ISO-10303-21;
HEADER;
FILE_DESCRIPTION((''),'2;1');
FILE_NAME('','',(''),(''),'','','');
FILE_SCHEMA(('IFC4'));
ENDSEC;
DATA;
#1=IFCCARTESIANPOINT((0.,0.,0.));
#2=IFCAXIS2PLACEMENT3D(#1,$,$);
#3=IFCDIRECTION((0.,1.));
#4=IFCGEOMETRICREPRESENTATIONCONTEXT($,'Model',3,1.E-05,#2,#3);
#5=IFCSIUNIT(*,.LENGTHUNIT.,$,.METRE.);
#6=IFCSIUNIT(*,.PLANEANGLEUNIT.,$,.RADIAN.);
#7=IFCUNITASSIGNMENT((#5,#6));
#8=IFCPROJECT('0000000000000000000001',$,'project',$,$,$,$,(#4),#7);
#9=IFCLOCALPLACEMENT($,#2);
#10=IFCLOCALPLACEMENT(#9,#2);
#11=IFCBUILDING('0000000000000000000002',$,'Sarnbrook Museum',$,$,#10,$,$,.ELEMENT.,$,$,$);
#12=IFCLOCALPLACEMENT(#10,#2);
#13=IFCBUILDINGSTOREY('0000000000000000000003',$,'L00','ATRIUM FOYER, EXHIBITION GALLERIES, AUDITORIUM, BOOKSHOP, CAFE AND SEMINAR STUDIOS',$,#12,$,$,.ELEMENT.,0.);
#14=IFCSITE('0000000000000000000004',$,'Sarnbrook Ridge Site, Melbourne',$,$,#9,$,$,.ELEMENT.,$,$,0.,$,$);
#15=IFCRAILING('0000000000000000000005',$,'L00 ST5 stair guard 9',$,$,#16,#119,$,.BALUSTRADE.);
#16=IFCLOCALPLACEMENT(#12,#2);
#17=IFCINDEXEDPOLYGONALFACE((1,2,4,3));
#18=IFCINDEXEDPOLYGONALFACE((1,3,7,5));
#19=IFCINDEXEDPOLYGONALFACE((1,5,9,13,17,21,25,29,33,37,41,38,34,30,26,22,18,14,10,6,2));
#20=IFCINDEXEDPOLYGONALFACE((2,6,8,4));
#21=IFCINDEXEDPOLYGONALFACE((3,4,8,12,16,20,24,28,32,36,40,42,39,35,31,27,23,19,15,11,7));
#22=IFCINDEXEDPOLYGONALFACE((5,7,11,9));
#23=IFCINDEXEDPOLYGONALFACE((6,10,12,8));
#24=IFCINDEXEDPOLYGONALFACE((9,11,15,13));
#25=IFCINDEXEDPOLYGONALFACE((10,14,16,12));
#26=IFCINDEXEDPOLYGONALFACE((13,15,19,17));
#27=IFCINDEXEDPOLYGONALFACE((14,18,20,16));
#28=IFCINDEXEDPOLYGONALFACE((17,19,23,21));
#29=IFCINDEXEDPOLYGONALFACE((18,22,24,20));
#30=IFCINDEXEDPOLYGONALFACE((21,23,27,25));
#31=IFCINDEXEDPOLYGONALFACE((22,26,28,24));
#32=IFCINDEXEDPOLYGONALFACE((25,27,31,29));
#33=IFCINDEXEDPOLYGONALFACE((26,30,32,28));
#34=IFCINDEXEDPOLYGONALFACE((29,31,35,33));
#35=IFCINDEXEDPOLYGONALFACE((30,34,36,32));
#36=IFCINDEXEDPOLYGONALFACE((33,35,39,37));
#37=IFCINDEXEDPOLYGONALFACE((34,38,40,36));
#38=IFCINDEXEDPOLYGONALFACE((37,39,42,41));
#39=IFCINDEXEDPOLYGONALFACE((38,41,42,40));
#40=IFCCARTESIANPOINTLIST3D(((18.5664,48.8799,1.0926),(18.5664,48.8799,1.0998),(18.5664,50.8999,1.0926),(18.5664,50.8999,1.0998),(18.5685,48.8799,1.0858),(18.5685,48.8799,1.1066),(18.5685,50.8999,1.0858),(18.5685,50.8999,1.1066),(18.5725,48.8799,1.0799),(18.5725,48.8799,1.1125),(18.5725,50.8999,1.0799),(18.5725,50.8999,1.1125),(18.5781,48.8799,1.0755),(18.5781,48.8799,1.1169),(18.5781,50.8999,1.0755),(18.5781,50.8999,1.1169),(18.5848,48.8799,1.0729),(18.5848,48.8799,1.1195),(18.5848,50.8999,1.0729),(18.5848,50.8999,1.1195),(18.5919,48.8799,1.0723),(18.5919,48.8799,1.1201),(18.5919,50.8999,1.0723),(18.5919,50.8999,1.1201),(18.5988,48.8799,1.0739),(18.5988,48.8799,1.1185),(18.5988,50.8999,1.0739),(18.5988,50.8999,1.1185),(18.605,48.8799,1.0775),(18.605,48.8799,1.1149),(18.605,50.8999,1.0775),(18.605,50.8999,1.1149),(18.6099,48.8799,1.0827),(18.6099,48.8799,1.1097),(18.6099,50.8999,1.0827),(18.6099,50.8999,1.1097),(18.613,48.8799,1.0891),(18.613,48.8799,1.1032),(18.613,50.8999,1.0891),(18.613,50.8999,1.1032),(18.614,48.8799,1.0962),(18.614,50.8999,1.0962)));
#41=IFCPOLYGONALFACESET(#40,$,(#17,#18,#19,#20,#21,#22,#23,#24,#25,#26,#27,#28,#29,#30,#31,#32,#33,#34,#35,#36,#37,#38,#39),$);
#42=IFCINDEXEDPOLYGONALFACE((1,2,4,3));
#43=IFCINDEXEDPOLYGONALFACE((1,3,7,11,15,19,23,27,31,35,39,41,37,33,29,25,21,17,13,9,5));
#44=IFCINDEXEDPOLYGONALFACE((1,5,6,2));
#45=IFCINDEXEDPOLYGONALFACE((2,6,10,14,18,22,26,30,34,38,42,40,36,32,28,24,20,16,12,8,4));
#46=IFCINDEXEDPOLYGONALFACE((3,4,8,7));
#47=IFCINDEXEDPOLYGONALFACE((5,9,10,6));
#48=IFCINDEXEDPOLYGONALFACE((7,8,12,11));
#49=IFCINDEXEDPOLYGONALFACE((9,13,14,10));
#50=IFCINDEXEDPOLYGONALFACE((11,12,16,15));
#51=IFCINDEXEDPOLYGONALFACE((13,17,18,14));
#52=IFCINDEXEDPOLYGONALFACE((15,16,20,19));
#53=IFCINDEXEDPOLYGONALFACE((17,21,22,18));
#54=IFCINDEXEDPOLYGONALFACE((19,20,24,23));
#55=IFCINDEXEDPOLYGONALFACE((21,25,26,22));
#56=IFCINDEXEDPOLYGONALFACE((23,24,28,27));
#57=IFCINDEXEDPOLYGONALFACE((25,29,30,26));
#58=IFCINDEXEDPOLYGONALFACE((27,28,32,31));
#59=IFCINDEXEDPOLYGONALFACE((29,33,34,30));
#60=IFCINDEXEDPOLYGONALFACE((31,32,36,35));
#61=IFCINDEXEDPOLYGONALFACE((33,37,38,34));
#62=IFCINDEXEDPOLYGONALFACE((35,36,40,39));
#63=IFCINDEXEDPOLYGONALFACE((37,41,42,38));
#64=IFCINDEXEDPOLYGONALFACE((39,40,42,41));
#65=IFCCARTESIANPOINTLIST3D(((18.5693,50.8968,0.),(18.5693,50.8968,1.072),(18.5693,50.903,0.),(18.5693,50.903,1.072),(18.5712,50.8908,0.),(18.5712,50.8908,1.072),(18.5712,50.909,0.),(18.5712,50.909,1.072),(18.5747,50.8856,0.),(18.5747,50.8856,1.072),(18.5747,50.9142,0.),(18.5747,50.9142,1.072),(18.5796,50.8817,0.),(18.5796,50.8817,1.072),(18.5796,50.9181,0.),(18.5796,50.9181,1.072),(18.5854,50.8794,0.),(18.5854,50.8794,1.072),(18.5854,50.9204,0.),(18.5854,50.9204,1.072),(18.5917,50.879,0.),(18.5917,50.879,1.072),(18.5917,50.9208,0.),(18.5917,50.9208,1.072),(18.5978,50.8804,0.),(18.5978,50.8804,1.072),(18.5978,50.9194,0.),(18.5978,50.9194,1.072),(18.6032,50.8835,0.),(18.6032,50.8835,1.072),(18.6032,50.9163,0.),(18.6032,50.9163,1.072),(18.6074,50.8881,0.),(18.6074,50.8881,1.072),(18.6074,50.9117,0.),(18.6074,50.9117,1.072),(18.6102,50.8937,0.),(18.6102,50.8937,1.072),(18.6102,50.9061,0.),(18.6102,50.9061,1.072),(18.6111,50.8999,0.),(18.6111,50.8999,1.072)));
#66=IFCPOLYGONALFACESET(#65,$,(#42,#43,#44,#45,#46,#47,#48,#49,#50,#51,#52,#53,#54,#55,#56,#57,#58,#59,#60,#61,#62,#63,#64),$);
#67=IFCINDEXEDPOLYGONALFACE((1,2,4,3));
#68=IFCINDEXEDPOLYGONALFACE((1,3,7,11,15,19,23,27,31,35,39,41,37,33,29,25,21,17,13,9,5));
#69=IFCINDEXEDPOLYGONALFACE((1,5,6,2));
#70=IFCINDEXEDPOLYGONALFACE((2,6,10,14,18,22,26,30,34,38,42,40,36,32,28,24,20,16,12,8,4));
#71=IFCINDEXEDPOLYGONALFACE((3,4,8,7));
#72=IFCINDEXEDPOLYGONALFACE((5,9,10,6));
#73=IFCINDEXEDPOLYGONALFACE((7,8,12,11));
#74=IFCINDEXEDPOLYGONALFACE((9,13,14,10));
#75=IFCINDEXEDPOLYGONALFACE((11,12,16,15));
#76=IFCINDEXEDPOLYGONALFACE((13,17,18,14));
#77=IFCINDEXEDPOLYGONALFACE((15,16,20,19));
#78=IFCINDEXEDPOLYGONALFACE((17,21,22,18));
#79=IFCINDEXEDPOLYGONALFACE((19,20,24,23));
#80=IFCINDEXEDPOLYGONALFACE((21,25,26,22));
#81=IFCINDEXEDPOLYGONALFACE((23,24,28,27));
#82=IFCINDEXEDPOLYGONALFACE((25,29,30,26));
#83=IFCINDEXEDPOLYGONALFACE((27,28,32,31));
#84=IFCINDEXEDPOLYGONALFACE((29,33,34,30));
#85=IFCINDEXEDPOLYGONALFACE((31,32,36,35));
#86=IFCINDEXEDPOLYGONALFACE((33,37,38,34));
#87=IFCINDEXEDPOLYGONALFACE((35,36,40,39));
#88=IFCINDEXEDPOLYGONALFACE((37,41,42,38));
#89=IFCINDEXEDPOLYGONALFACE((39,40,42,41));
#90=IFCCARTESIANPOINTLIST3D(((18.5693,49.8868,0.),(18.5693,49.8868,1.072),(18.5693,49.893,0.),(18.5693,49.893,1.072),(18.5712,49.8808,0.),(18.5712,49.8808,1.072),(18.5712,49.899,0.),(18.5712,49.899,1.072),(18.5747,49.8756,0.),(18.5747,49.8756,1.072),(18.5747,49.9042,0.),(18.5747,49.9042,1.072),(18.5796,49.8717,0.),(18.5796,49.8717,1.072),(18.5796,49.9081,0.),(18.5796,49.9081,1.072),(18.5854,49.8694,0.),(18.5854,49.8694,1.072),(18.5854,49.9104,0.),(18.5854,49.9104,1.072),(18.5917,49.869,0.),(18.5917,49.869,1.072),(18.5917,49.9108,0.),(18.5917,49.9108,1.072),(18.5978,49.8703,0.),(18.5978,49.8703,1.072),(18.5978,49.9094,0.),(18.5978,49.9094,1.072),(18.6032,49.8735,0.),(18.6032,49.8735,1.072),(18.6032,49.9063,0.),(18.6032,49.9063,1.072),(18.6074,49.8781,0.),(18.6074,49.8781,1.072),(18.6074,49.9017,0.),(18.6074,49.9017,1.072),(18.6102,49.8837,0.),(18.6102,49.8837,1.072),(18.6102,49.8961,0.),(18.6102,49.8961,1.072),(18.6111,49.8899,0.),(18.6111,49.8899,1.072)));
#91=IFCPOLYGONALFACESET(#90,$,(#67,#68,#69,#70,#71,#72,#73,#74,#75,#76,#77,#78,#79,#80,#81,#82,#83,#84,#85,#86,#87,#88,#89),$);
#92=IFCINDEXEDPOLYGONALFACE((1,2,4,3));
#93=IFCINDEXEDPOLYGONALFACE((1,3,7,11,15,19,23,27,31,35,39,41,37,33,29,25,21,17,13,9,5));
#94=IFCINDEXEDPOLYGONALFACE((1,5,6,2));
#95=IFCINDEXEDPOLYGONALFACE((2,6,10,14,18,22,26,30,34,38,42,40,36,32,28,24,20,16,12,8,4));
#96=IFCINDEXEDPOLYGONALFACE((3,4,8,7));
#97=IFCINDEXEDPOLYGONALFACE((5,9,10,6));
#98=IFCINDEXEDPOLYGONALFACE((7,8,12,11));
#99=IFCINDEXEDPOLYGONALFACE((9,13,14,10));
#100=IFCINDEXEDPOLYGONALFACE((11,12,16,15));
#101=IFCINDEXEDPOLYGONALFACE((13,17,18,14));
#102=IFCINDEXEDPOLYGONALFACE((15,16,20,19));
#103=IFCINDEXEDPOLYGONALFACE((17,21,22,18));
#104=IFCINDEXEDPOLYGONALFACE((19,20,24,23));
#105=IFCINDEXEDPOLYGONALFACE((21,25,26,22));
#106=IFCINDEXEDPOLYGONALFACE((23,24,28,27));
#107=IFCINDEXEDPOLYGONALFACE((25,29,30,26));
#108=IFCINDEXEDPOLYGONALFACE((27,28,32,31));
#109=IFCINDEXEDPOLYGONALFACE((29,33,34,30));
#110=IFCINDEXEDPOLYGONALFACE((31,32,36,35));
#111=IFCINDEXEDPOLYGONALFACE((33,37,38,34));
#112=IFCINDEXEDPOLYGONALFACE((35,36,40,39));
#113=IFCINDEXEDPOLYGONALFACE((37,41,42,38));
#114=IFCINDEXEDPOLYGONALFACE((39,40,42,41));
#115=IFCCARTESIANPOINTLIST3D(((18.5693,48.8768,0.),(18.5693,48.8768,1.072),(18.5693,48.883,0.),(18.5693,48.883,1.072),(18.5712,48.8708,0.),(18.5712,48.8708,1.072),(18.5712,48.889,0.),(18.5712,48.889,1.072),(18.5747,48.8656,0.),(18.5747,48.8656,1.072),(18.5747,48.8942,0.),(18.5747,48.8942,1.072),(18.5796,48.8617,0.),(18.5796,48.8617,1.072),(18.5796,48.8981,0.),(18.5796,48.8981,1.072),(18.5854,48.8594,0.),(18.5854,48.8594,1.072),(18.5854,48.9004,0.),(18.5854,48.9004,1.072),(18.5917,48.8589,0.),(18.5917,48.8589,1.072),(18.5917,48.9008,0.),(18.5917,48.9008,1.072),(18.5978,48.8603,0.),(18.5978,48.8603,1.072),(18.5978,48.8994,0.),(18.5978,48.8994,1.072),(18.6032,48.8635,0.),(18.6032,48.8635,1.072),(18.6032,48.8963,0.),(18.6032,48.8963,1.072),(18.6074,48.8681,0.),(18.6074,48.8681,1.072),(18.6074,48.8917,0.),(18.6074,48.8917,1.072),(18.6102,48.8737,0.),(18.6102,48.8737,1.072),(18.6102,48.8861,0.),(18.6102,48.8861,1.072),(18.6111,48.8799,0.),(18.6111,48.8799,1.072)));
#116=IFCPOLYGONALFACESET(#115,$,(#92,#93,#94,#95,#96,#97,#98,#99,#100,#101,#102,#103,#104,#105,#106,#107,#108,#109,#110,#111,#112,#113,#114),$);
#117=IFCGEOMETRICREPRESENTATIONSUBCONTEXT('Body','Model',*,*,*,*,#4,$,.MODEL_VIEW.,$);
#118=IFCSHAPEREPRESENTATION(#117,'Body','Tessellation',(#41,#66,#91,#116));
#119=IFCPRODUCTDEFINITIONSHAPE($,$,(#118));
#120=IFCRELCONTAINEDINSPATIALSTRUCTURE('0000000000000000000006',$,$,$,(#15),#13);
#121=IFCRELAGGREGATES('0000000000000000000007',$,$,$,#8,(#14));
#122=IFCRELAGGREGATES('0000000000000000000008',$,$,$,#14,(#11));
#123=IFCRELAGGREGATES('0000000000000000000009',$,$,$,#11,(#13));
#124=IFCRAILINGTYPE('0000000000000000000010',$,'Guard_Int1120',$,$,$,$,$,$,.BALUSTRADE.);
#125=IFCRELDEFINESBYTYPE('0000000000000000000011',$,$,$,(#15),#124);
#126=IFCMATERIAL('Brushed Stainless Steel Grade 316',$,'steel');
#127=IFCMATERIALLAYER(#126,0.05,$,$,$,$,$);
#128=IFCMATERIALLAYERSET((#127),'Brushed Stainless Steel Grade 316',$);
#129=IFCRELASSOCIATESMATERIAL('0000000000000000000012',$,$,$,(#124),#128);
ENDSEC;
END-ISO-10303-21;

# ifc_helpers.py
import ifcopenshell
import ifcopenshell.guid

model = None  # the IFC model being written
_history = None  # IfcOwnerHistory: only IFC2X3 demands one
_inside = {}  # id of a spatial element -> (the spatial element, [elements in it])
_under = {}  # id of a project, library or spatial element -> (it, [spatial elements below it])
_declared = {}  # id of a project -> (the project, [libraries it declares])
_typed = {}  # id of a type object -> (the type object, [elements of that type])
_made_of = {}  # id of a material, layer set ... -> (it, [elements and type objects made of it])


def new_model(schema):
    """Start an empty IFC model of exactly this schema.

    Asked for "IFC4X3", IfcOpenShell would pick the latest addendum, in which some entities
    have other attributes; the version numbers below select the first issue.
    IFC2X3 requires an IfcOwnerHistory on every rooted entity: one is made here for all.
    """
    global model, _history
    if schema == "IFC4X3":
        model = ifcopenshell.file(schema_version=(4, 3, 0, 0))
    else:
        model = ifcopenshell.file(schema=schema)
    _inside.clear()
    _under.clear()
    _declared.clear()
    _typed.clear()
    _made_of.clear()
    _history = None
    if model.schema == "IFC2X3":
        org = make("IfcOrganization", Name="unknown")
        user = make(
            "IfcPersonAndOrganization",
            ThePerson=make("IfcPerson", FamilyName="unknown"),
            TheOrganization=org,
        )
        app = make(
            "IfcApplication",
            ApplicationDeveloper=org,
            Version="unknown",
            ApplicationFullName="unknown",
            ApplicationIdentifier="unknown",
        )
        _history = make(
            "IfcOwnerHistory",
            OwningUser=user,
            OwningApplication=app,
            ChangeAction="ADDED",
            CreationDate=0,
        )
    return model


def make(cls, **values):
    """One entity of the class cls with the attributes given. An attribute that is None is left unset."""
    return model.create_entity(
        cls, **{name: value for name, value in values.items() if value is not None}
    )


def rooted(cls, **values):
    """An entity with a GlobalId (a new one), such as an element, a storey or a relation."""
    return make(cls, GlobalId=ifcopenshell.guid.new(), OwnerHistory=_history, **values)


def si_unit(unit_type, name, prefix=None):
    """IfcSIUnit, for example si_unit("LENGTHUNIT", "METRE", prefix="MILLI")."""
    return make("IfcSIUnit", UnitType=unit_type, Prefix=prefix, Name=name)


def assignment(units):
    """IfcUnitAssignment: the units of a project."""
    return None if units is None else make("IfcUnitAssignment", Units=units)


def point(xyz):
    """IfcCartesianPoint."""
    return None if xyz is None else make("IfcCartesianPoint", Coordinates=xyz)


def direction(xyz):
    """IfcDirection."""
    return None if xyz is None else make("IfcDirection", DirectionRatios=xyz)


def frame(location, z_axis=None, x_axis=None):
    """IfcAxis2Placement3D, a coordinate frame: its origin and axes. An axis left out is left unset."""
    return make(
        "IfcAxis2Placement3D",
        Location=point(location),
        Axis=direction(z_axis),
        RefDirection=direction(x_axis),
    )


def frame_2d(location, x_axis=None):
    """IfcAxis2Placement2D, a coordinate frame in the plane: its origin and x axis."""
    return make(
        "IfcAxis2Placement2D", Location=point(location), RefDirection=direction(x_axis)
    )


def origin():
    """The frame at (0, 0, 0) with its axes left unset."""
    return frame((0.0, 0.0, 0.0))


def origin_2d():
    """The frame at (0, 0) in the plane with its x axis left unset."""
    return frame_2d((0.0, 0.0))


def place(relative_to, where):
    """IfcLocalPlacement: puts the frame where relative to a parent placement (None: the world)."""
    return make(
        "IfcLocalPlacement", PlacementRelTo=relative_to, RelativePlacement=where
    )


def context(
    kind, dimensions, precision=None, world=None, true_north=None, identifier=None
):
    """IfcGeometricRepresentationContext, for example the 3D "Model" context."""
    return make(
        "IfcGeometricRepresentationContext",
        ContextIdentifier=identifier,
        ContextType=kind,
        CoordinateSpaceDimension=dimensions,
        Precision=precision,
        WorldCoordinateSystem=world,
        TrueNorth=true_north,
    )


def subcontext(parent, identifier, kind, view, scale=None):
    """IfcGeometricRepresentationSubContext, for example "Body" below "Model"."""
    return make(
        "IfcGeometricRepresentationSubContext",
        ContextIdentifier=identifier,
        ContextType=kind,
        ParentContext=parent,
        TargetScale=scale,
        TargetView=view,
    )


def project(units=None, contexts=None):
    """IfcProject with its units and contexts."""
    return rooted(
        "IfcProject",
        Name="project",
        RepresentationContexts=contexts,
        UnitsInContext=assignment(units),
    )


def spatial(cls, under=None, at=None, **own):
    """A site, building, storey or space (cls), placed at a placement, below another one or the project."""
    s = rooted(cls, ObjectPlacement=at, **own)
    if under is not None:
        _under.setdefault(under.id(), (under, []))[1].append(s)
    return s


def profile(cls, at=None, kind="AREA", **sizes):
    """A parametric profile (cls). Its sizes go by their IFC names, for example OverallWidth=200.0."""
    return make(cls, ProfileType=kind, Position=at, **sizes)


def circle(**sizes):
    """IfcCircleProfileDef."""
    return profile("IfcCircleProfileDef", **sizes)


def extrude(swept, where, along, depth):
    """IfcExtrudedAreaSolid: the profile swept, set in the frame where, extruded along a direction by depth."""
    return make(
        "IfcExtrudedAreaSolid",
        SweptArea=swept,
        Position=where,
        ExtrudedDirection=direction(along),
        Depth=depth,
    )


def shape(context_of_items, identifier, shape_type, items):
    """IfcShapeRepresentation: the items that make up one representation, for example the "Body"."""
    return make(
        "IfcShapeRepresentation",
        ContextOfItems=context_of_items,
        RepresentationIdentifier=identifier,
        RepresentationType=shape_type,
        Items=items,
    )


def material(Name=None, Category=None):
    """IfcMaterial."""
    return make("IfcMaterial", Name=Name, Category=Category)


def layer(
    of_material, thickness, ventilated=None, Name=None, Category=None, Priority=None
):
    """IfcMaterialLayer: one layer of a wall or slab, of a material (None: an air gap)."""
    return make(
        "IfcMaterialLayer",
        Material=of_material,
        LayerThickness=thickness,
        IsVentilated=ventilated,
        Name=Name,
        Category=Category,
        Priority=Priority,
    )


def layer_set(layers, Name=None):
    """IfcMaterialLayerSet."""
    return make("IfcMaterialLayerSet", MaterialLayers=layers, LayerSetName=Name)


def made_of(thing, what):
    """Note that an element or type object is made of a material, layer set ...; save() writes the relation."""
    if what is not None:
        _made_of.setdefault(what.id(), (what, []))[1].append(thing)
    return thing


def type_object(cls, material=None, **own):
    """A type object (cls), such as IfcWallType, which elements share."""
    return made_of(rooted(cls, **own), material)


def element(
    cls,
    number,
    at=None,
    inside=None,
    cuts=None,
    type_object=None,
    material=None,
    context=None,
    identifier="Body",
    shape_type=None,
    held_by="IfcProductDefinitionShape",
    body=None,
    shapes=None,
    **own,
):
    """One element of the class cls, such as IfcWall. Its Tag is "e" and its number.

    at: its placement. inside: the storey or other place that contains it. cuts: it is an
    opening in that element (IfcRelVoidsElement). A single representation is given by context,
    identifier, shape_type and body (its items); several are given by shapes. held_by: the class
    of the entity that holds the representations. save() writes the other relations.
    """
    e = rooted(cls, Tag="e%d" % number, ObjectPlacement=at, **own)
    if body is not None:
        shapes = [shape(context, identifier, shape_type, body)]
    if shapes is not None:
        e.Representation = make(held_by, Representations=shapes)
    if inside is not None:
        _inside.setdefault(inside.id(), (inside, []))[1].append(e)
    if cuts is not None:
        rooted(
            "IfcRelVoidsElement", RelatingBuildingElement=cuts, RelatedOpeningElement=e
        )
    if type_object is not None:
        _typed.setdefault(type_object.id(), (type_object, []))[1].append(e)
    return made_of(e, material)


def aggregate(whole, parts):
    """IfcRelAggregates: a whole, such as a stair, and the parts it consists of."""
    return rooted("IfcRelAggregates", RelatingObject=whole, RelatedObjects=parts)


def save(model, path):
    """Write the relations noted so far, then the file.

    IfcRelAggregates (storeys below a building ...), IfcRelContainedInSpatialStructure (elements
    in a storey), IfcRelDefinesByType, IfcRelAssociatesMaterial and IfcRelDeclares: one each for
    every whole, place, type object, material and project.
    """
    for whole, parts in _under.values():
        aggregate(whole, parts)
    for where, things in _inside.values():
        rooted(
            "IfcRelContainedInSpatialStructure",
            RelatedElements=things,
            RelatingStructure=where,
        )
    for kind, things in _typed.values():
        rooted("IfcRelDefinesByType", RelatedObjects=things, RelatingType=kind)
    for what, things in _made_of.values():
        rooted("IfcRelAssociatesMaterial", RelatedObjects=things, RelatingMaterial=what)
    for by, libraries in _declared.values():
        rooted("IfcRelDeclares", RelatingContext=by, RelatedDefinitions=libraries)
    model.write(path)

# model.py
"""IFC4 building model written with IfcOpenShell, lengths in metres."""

from ifc_helpers import new_model, si_unit, direction, frame, origin, origin_2d, place, context, subcontext, project, spatial, circle, extrude, material, layer, layer_set, type_object, element, save


model = new_model("IFC4")

# Units and contexts
model_context = context("Model", 3, precision=1e-05, world=origin(), true_north=direction((0.0, 1.0)))
body_context = subcontext(model_context, "Body", "Model", "MODEL_VIEW")
ifc_project = project(units=[si_unit("LENGTHUNIT", "METRE"), si_unit("PLANEANGLEUNIT", "RADIAN")], contexts=[model_context])

# Site, building, storey
site_placement = place(None, origin())
site = spatial("IfcSite", under=ifc_project, at=site_placement, Name="Sarnbrook Ridge Site, Melbourne", CompositionType="ELEMENT", RefElevation=0.0)
building_placement = place(site_placement, origin())
building = spatial("IfcBuilding", under=site, at=building_placement, Name="Sarnbrook Museum", CompositionType="ELEMENT")
storey_placement = place(building_placement, origin())
storey = spatial("IfcBuildingStorey", under=building, at=storey_placement, Name="L00", Description="ATRIUM FOYER, EXHIBITION GALLERIES, AUDITORIUM, BOOKSHOP, CAFE AND SEMINAR STUDIOS", CompositionType="ELEMENT", Elevation=0.0)

# Railing
ifc_material_1 = material(Name="Brushed Stainless Steel Grade 316", Category="steel")
ifc_layer_1 = layer(ifc_material_1, 0.05)
ifc_layer_set_1 = layer_set([ifc_layer_1], Name="Brushed Stainless Steel Grade 316")
railing_type_1 = type_object("IfcRailingType", Name="Guard_Int1120", PredefinedType="BALUSTRADE", material=ifc_layer_set_1)
for number, where, name in (
    (1, (18.5901, 50.8999, 0.0), "L00 ST5 stair guard 9"),
):
    element("IfcRailing", number, at=place(storey_placement, frame(where)), inside=storey, type_object=railing_type_1, Name=name, PredefinedType="BALUSTRADE", context=body_context, shape_type="SweptSolid", body=[
        extrude(circle(Radius=0.0239, at=origin_2d()), frame((0.0, 0.0, 1.0962), z_axis=(0.0, -1.0, 0.0), x_axis=(1.0, 0.0, 0.0)), (0.0, 0.0, 1.0), 2.02),
        extrude(circle(Radius=0.021, at=origin_2d()), origin(), (0.0, 0.0, 1.0), 1.072),
        extrude(circle(Radius=0.021, at=origin_2d()), frame((0.0, -1.01, 0.0)), (0.0, 0.0, 1.0), 1.072),
        extrude(circle(Radius=0.021, at=origin_2d()), frame((0.0, -2.02, 0.0)), (0.0, 0.0, 1.0), 1.072),
    ])

save(model, "model.ifc")
